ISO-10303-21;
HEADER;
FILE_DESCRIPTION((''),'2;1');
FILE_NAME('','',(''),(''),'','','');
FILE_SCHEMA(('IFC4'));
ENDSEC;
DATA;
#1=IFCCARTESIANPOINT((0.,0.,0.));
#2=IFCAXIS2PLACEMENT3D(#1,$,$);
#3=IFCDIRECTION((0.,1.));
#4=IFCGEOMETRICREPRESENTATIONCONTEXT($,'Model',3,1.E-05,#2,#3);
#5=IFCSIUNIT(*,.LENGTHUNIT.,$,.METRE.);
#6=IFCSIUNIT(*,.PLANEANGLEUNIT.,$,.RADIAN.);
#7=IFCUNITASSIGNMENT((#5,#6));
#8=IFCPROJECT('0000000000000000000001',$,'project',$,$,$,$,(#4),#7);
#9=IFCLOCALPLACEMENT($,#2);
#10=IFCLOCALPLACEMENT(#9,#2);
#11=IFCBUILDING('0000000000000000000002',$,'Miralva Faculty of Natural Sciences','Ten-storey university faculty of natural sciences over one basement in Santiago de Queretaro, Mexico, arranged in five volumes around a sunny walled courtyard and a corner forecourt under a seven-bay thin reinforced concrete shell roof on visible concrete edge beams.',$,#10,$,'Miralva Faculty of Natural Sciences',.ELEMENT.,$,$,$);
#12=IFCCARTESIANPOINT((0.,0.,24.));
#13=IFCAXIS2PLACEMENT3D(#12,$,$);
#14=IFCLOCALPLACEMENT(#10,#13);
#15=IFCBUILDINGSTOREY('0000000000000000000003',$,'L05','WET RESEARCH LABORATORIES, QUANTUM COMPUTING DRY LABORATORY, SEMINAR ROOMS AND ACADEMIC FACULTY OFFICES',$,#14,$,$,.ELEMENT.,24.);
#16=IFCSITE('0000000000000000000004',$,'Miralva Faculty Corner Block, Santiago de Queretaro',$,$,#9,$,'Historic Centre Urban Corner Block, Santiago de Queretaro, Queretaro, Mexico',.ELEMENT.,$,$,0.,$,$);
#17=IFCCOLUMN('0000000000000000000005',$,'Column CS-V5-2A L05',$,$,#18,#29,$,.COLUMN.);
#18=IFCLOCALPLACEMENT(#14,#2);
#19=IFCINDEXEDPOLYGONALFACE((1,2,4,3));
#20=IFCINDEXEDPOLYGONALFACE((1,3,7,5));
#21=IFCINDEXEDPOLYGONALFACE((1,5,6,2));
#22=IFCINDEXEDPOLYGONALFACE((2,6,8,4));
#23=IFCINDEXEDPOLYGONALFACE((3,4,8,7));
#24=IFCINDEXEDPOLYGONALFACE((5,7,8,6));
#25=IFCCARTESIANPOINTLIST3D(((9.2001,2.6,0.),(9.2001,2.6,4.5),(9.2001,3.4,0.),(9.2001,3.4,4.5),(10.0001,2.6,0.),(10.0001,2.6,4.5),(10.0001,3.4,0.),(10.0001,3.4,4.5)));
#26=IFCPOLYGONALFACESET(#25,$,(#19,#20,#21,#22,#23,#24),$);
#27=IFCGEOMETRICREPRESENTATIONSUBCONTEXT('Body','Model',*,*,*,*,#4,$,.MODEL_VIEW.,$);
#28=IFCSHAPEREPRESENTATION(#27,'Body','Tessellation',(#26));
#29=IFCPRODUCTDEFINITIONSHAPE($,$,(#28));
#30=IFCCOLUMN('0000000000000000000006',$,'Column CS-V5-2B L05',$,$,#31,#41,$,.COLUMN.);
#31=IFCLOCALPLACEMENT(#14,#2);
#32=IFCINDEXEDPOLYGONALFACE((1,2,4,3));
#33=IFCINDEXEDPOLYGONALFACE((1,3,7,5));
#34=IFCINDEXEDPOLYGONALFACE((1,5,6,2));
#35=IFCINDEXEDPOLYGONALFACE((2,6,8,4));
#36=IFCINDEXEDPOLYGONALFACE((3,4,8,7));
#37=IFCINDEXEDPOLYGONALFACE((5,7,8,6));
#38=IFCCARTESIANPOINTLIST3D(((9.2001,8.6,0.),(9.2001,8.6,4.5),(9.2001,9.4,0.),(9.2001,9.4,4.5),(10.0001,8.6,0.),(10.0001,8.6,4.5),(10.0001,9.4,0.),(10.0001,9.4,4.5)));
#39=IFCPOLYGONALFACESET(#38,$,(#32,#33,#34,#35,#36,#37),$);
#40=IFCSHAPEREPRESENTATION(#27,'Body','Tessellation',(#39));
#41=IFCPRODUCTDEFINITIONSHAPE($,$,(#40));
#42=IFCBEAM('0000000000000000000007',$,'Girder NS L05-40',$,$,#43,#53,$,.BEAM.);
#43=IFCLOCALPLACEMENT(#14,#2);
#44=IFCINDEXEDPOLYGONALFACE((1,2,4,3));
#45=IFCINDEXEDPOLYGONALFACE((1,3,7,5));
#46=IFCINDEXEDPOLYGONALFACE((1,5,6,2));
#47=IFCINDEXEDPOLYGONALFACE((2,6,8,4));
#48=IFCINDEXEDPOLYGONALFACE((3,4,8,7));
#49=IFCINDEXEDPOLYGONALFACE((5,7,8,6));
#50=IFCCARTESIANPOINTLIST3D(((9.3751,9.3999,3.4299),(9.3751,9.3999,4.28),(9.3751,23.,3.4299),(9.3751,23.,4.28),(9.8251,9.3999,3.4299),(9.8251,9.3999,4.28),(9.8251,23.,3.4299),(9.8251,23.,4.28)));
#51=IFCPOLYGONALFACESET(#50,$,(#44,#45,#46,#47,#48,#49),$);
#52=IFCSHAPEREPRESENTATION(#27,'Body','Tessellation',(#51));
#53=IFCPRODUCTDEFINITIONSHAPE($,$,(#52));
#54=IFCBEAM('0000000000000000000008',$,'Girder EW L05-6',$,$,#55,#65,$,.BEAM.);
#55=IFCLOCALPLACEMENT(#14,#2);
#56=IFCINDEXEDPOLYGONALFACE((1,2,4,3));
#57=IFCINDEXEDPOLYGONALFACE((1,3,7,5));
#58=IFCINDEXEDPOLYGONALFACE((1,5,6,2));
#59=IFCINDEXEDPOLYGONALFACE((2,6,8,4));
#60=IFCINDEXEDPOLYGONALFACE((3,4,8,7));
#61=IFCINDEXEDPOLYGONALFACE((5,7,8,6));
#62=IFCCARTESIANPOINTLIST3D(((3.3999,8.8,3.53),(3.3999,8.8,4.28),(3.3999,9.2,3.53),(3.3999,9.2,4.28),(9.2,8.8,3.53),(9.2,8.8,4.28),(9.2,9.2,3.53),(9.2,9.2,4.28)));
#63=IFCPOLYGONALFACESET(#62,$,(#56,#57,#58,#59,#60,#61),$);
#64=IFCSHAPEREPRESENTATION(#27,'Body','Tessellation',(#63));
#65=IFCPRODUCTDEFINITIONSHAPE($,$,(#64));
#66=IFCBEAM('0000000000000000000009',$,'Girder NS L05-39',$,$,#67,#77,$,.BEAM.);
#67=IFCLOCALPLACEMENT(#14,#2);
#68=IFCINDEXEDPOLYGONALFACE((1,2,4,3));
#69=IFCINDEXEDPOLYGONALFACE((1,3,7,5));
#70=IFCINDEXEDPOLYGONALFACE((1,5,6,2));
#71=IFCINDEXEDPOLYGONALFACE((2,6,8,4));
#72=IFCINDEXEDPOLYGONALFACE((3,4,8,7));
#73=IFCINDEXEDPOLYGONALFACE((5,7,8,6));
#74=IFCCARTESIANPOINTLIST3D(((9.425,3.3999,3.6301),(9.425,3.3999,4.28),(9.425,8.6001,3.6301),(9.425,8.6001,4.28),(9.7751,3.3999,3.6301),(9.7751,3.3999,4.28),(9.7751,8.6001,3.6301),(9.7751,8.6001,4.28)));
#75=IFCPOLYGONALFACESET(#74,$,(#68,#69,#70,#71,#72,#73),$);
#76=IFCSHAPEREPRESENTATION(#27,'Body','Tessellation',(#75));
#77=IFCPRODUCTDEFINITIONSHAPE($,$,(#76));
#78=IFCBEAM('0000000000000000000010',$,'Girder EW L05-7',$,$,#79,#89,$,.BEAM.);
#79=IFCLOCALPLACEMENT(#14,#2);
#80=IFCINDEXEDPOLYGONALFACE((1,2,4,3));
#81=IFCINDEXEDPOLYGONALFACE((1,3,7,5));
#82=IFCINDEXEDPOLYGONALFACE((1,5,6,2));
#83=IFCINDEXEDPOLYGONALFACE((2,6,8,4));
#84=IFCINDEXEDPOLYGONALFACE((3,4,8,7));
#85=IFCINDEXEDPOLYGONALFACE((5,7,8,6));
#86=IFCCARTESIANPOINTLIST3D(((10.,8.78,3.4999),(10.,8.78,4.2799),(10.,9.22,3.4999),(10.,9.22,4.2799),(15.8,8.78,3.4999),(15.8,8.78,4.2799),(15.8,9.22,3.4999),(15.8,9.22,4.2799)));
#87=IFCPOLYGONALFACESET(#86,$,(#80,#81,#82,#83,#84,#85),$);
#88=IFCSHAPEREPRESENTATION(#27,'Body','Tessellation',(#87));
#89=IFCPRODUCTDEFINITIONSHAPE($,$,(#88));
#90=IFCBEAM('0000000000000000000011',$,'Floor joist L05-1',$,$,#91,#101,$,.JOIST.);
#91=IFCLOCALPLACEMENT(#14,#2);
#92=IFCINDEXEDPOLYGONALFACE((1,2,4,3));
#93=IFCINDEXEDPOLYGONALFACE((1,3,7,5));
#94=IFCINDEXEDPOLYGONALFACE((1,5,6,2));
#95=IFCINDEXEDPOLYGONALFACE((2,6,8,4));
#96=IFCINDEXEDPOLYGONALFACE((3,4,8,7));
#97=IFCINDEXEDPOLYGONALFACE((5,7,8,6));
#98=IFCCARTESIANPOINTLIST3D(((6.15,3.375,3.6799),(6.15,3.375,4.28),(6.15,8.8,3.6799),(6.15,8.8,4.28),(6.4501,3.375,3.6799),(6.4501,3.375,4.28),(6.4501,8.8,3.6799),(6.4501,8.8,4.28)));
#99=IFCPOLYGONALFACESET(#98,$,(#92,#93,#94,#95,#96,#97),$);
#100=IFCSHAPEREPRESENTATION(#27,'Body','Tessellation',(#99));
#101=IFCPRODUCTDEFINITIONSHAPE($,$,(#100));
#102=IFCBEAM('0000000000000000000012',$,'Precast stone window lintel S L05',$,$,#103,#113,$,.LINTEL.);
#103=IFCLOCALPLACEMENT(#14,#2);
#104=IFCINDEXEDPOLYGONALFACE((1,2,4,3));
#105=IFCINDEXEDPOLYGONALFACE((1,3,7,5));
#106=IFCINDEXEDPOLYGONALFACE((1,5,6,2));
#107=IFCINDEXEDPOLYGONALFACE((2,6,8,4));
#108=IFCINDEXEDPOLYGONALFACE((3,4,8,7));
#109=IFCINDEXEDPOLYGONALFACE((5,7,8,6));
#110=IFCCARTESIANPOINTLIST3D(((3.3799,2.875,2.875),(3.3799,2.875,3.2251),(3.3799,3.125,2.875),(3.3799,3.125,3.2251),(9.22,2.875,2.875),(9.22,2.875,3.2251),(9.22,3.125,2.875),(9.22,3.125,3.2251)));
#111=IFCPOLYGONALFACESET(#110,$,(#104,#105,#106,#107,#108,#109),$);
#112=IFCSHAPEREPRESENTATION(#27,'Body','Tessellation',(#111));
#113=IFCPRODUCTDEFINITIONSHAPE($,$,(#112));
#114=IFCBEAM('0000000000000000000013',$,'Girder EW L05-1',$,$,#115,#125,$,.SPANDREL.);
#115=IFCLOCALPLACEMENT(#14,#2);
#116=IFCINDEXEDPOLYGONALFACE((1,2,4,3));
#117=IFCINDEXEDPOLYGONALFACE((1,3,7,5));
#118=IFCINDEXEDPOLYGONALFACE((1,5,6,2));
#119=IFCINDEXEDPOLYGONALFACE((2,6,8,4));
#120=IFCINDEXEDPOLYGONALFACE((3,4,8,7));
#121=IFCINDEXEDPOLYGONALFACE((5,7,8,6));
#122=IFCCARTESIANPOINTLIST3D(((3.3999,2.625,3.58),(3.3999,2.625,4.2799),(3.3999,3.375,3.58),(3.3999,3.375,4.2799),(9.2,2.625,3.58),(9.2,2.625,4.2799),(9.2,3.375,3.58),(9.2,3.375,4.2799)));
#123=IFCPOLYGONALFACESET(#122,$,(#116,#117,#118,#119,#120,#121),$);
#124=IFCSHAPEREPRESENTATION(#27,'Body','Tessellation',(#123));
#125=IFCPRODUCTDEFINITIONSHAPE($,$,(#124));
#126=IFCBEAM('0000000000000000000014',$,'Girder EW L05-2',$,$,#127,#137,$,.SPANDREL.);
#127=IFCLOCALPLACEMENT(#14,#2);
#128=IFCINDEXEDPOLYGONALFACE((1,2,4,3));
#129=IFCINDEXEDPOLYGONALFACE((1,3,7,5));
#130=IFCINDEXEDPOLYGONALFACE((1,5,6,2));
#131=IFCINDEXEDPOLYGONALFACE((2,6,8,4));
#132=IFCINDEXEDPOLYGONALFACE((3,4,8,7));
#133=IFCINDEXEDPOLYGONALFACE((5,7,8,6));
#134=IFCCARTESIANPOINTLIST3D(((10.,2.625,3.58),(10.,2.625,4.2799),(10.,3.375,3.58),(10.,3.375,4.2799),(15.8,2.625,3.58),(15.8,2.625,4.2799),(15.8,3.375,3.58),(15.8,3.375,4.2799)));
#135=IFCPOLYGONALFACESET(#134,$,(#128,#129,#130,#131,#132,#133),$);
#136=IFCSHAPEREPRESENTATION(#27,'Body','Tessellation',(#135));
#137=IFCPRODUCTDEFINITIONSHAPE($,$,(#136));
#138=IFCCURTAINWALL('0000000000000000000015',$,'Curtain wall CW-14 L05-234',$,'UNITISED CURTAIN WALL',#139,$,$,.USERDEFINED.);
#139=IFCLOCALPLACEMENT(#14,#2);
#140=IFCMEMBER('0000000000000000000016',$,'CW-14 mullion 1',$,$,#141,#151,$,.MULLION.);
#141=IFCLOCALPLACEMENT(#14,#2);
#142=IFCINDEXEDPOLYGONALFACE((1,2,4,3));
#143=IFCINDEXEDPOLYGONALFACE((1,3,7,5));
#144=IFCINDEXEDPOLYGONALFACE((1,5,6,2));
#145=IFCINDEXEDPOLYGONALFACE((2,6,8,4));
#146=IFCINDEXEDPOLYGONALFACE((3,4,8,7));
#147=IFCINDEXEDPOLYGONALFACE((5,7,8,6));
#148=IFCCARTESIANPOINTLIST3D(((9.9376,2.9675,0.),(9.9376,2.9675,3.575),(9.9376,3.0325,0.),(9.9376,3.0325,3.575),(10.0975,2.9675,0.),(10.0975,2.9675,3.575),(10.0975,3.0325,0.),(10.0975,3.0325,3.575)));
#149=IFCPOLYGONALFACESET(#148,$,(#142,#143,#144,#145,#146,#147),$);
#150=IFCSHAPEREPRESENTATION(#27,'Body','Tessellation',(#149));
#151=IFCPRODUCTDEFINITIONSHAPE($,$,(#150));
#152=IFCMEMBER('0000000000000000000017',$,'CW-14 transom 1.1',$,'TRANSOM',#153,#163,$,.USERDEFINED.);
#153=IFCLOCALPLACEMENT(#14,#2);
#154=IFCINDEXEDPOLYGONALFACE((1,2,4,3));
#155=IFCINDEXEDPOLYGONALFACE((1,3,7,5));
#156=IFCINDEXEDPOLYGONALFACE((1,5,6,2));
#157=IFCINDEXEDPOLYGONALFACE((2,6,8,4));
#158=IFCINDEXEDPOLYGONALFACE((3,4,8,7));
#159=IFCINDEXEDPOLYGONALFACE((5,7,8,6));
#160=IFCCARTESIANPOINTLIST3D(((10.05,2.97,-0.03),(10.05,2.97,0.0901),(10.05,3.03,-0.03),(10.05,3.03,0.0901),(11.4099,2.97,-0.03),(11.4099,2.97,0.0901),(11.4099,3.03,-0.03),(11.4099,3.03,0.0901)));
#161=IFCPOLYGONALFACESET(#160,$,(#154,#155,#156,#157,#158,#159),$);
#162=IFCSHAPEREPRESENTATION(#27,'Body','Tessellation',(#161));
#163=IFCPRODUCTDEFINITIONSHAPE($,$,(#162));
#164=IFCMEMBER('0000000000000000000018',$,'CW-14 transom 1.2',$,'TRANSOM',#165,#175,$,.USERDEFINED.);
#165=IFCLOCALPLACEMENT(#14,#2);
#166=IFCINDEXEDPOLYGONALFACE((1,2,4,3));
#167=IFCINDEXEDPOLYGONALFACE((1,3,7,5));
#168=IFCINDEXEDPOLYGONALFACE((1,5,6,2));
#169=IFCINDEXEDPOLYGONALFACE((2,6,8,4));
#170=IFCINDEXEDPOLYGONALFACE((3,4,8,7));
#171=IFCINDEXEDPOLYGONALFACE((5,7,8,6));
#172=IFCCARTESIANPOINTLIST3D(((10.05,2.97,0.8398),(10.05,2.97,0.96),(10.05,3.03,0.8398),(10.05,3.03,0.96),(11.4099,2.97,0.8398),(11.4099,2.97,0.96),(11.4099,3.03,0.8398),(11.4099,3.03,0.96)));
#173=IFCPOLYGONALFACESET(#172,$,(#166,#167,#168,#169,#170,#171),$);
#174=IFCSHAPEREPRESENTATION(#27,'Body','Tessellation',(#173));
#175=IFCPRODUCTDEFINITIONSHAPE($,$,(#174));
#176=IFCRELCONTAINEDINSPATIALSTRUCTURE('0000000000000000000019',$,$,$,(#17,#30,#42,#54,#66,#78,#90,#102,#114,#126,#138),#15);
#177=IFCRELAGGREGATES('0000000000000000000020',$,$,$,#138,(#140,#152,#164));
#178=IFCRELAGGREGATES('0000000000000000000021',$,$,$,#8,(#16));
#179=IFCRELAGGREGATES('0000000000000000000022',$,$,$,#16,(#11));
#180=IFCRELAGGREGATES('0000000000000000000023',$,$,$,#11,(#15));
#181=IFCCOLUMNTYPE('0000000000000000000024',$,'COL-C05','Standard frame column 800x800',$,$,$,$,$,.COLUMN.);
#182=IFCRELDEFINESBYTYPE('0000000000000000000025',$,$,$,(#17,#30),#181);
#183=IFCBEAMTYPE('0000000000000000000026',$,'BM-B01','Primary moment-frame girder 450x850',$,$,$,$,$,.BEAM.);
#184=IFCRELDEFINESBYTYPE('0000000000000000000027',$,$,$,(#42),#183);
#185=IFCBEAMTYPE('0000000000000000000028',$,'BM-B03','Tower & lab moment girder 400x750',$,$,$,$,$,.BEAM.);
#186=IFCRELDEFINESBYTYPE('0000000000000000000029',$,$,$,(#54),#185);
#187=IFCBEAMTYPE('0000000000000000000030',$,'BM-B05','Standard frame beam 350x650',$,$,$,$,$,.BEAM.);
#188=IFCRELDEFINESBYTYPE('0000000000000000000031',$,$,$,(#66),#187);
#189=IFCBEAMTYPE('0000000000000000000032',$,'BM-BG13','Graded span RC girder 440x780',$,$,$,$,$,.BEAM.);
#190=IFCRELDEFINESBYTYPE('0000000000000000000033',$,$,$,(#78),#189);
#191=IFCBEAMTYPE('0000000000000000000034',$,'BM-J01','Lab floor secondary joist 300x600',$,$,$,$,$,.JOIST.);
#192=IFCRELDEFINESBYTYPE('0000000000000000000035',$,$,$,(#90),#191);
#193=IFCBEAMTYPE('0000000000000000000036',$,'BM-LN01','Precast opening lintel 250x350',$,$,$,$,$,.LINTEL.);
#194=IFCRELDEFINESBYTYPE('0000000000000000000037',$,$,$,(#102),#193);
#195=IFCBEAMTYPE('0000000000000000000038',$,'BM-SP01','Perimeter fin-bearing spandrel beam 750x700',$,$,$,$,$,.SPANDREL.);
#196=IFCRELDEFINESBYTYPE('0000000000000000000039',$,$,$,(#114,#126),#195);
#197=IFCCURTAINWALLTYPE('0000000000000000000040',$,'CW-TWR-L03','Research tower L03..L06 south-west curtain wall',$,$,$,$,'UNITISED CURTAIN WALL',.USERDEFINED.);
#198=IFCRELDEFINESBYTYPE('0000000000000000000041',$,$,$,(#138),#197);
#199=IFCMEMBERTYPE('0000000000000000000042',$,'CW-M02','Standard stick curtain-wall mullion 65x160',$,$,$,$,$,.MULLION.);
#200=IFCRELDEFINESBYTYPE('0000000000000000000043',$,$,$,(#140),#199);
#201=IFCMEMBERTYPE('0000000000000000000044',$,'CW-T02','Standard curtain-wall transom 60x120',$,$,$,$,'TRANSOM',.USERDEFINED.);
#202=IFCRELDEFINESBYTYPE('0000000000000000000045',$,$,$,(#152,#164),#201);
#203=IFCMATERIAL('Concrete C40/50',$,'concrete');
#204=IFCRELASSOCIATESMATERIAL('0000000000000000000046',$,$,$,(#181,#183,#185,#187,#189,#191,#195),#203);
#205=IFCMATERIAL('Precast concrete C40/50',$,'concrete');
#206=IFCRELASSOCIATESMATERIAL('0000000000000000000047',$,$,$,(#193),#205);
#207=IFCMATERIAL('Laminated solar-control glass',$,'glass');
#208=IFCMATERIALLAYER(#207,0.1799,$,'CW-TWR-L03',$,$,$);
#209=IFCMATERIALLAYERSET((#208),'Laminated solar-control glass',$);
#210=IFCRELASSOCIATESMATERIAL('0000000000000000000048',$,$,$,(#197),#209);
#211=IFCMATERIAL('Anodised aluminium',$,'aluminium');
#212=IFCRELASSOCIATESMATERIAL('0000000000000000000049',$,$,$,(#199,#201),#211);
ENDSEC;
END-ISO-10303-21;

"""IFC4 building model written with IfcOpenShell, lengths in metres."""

from ifc_helpers import new_model, si_unit, direction, frame, origin, origin_2d, place, context, subcontext, project, spatial, rectangle, extrude, material, layer, layer_set, material_profile, profile_set, type_object, element, aggregate, save


model = new_model("IFC4")

# Units and contexts
model_context = context("Model", 3, precision=1e-05, world=origin(), true_north=direction((0.0, 1.0)))
body_context = subcontext(model_context, "Body", "Model", "MODEL_VIEW")
ifc_project = project(units=[si_unit("LENGTHUNIT", "METRE"), si_unit("PLANEANGLEUNIT", "RADIAN")], contexts=[model_context])

# Site, building, storey
site_placement = place(None, origin())
site = spatial("IfcSite", under=ifc_project, at=site_placement, Name="Miralva Faculty Corner Block, Santiago de Queretaro", LongName="Historic Centre Urban Corner Block, Santiago de Queretaro, Queretaro, Mexico", CompositionType="ELEMENT", RefElevation=0.0)
building_placement = place(site_placement, origin())
building = spatial("IfcBuilding", under=site, at=building_placement, Name="Miralva Faculty of Natural Sciences", Description="Ten-storey university faculty of natural sciences over one basement in Santiago de Queretaro, Mexico, arranged in five volumes around a sunny walled courtyard and a corner forecourt under a seven-bay thin reinforced concrete shell roof on visible concrete edge beams.", LongName="Miralva Faculty of Natural Sciences", CompositionType="ELEMENT")
storey_placement = place(building_placement, frame((0.0, 0.0, 24.0)))
storey = spatial("IfcBuildingStorey", under=building, at=storey_placement, Name="L05", Description="WET RESEARCH LABORATORIES, QUANTUM COMPUTING DRY LABORATORY, SEMINAR ROOMS AND ACADEMIC FACULTY OFFICES", CompositionType="ELEMENT", Elevation=24.0)

# Columns
ifc_material_1 = material(Name="Concrete C40/50", Category="concrete")
ifc_material_profile_1 = material_profile(ifc_material_1, rectangle(XDim=0.8, YDim=0.8, at=origin_2d()), Name="RC 800x800")
ifc_profile_set_1 = profile_set([ifc_material_profile_1], Name="Concrete C40/50")
column_type = type_object("IfcColumnType", Name="COL-C05", Description="Standard frame column 800x800", PredefinedType="COLUMN", material=ifc_profile_set_1)
for number, where, z_axis, x_axis, name in (
    (1, (9.6001, 3.0, 0.0), (0.0, 0.0, 1.0), (1.0, 0.0, 0.0), "Column CS-V5-2A L05"),
    (2, (9.6001, 9.0, 0.0), (0.0, 0.0, 1.0), (1.0, 0.0, 0.0), "Column CS-V5-2B L05"),
):
    element("IfcColumn", number, at=place(storey_placement, frame(where, z_axis=z_axis, x_axis=x_axis)), inside=storey, type_object=column_type, Name=name, PredefinedType="COLUMN", context=body_context, shape_type="SweptSolid", body=[
        extrude(rectangle(XDim=0.8, YDim=0.8, at=origin_2d()), origin(), (0.0, 0.0, 1.0), 4.5),
    ])

# Beams
ifc_material_profile_2 = material_profile(ifc_material_1, rectangle(XDim=0.45, YDim=0.8501, at=origin_2d()), Name="RC 450x850")
ifc_profile_set_2 = profile_set([ifc_material_profile_2], Name="Concrete C40/50")
beam_type_1 = type_object("IfcBeamType", Name="BM-B01", Description="Primary moment-frame girder 450x850", PredefinedType="BEAM", material=ifc_profile_set_2)
beam_1_placement = place(storey_placement, frame((9.6001, 9.3999, 3.855), z_axis=(0.0, 1.0, 0.0), x_axis=(-1.0, 0.0, 0.0)))
element("IfcBeam", 3, at=beam_1_placement, inside=storey, type_object=beam_type_1, Name="Girder NS L05-40", PredefinedType="BEAM", context=body_context, shape_type="SweptSolid", body=[
    extrude(rectangle(XDim=0.45, YDim=0.8501, at=origin_2d()), origin(), (0.0, 0.0, 1.0), 13.6001),
])
ifc_material_profile_3 = material_profile(ifc_material_1, rectangle(XDim=0.3999, YDim=0.75, at=origin_2d()), Name="RC 400x750")
ifc_profile_set_3 = profile_set([ifc_material_profile_3], Name="Concrete C40/50")
beam_type_2 = type_object("IfcBeamType", Name="BM-B03", Description="Tower & lab moment girder 400x750", PredefinedType="BEAM", material=ifc_profile_set_3)
beam_2_placement = place(storey_placement, frame((3.3999, 9.0, 3.905), z_axis=(1.0, 0.0, 0.0), x_axis=(0.0, 1.0, 0.0)))
element("IfcBeam", 4, at=beam_2_placement, inside=storey, type_object=beam_type_2, Name="Girder EW L05-6", PredefinedType="BEAM", context=body_context, shape_type="SweptSolid", body=[
    extrude(rectangle(XDim=0.3999, YDim=0.75, at=origin_2d()), origin(), (0.0, 0.0, 1.0), 5.8),
])
ifc_material_profile_4 = material_profile(ifc_material_1, rectangle(XDim=0.3501, YDim=0.6499, at=origin_2d()), Name="RC 350x650")
ifc_profile_set_4 = profile_set([ifc_material_profile_4], Name="Concrete C40/50")
beam_type_3 = type_object("IfcBeamType", Name="BM-B05", Description="Standard frame beam 350x650", PredefinedType="BEAM", material=ifc_profile_set_4)
beam_3_placement = place(storey_placement, frame((9.6001, 3.3999, 3.9551), z_axis=(0.0, 1.0, 0.0), x_axis=(-1.0, 0.0, 0.0)))
element("IfcBeam", 5, at=beam_3_placement, inside=storey, type_object=beam_type_3, Name="Girder NS L05-39", PredefinedType="BEAM", context=body_context, shape_type="SweptSolid", body=[
    extrude(rectangle(XDim=0.3501, YDim=0.6499, at=origin_2d()), origin(), (0.0, 0.0, 1.0), 5.2002),
])
ifc_material_profile_5 = material_profile(ifc_material_1, rectangle(XDim=0.4399, YDim=0.78, at=origin_2d()), Name="RC 440x780")
ifc_profile_set_5 = profile_set([ifc_material_profile_5], Name="Concrete C40/50")
beam_type_4 = type_object("IfcBeamType", Name="BM-BG13", Description="Graded span RC girder 440x780", PredefinedType="BEAM", material=ifc_profile_set_5)
beam_4_placement = place(storey_placement, frame((10.0, 9.0, 3.8899), z_axis=(1.0, 0.0, 0.0), x_axis=(0.0, 1.0, 0.0)))
element("IfcBeam", 6, at=beam_4_placement, inside=storey, type_object=beam_type_4, Name="Girder EW L05-7", PredefinedType="BEAM", context=body_context, shape_type="SweptSolid", body=[
    extrude(rectangle(XDim=0.4399, YDim=0.78, at=origin_2d()), origin(), (0.0, 0.0, 1.0), 5.8),
])
ifc_material_profile_6 = material_profile(ifc_material_1, rectangle(XDim=0.3, YDim=0.6001, at=origin_2d()), Name="RC 300x600")
ifc_profile_set_6 = profile_set([ifc_material_profile_6], Name="Concrete C40/50")
beam_type_5 = type_object("IfcBeamType", Name="BM-J01", Description="Lab floor secondary joist 300x600", PredefinedType="JOIST", material=ifc_profile_set_6)
beam_5_placement = place(storey_placement, frame((6.3, 3.375, 3.98), z_axis=(0.0, 1.0, 0.0), x_axis=(-1.0, 0.0, 0.0)))
element("IfcBeam", 7, at=beam_5_placement, inside=storey, type_object=beam_type_5, Name="Floor joist L05-1", PredefinedType="JOIST", context=body_context, shape_type="SweptSolid", body=[
    extrude(rectangle(XDim=0.3, YDim=0.6001, at=origin_2d()), origin(), (0.0, 0.0, 1.0), 5.425),
])
ifc_material_2 = material(Name="Precast concrete C40/50", Category="concrete")
ifc_material_profile_7 = material_profile(ifc_material_2, rectangle(XDim=0.25, YDim=0.3501, at=origin_2d()), Name="RC 250x350")
ifc_profile_set_7 = profile_set([ifc_material_profile_7], Name="Precast concrete C40/50")
beam_type_6 = type_object("IfcBeamType", Name="BM-LN01", Description="Precast opening lintel 250x350", PredefinedType="LINTEL", material=ifc_profile_set_7)
beam_6_placement = place(storey_placement, frame((3.3799, 3.0, 3.05), z_axis=(1.0, 0.0, 0.0), x_axis=(0.0, 1.0, 0.0)))
element("IfcBeam", 8, at=beam_6_placement, inside=storey, type_object=beam_type_6, Name="Precast stone window lintel S L05", PredefinedType="LINTEL", context=body_context, shape_type="SweptSolid", body=[
    extrude(rectangle(XDim=0.25, YDim=0.3501, at=origin_2d()), origin(), (0.0, 0.0, 1.0), 5.8401),
])
ifc_material_profile_8 = material_profile(ifc_material_1, rectangle(XDim=0.75, YDim=0.7, at=origin_2d()), Name="RC 750x700")
ifc_profile_set_8 = profile_set([ifc_material_profile_8], Name="Concrete C40/50")
beam_type_7 = type_object("IfcBeamType", Name="BM-SP01", Description="Perimeter fin-bearing spandrel beam 750x700", PredefinedType="SPANDREL", material=ifc_profile_set_8)
for number, where, z_axis, x_axis, name in (
    (9, (3.3999, 3.0, 3.9299), (1.0, 0.0, 0.0), (0.0, 1.0, 0.0), "Girder EW L05-1"),
    (10, (10.0, 3.0, 3.9299), (1.0, 0.0, 0.0), (0.0, 1.0, 0.0), "Girder EW L05-2"),
):
    element("IfcBeam", number, at=place(storey_placement, frame(where, z_axis=z_axis, x_axis=x_axis)), inside=storey, type_object=beam_type_7, Name=name, PredefinedType="SPANDREL", context=body_context, shape_type="SweptSolid", body=[
        extrude(rectangle(XDim=0.75, YDim=0.7, at=origin_2d()), origin(), (0.0, 0.0, 1.0), 5.8),
    ])

# Curtain wall, members
ifc_material_3 = material(Name="Laminated solar-control glass", Category="glass")
ifc_layer_1 = layer(ifc_material_3, 0.1799, Name="CW-TWR-L03")
ifc_layer_set_1 = layer_set([ifc_layer_1], Name="Laminated solar-control glass")
curtain_wall_type = type_object("IfcCurtainWallType", Name="CW-TWR-L03", Description="Research tower L03..L06 south-west curtain wall", ElementType="UNITISED CURTAIN WALL", PredefinedType="USERDEFINED", material=ifc_layer_set_1)
curtain_wall_1_placement = place(storey_placement, origin())
curtain_wall_1 = element("IfcCurtainWall", 11, at=curtain_wall_1_placement, inside=storey, type_object=curtain_wall_type, Name="Curtain wall CW-14 L05-234", ObjectType="UNITISED CURTAIN WALL", PredefinedType="USERDEFINED")
ifc_material_4 = material(Name="Anodised aluminium", Category="aluminium")
ifc_material_profile_9 = material_profile(ifc_material_4, rectangle(XDim=0.0649, YDim=0.1599, at=origin_2d()), Name="MULLION 65x160")
ifc_profile_set_9 = profile_set([ifc_material_profile_9], Name="Anodised aluminium")
member_type_1 = type_object("IfcMemberType", Name="CW-M02", Description="Standard stick curtain-wall mullion 65x160", PredefinedType="MULLION", material=ifc_profile_set_9)
member_1_placement = place(storey_placement, frame((10.0176, 3.0, 0.0), z_axis=(0.0, 0.0, 1.0), x_axis=(0.0, 1.0, 0.0)))
member_1 = element("IfcMember", 12, at=member_1_placement, type_object=member_type_1, Name="CW-14 mullion 1", PredefinedType="MULLION", context=body_context, shape_type="SweptSolid", body=[
    extrude(rectangle(XDim=0.0649, YDim=0.1599, at=origin_2d()), origin(), (0.0, 0.0, 1.0), 3.575),
])
ifc_material_profile_10 = material_profile(ifc_material_4, rectangle(XDim=0.0601, YDim=0.1201, at=origin_2d()), Name="TRANSOM 60x120")
ifc_profile_set_10 = profile_set([ifc_material_profile_10], Name="Anodised aluminium")
member_type_2 = type_object("IfcMemberType", Name="CW-T02", Description="Standard curtain-wall transom 60x120", ElementType="TRANSOM", PredefinedType="USERDEFINED", material=ifc_profile_set_10)
member_2_placement = place(storey_placement, frame((10.05, 3.0, 0.03), z_axis=(1.0, 0.0, 0.0), x_axis=(0.0, 1.0, 0.0)))
member_2 = element("IfcMember", 13, at=member_2_placement, type_object=member_type_2, Name="CW-14 transom 1.1", ObjectType="TRANSOM", PredefinedType="USERDEFINED", context=body_context, shape_type="SweptSolid", body=[
    extrude(rectangle(XDim=0.0601, YDim=0.1201, at=origin_2d()), origin(), (0.0, 0.0, 1.0), 1.3599),
])
member_3_placement = place(storey_placement, frame((10.05, 3.0, 0.8999), z_axis=(1.0, 0.0, 0.0), x_axis=(0.0, 1.0, 0.0)))
member_3 = element("IfcMember", 14, at=member_3_placement, type_object=member_type_2, Name="CW-14 transom 1.2", ObjectType="TRANSOM", PredefinedType="USERDEFINED", context=body_context, shape_type="SweptSolid", body=[
    extrude(rectangle(XDim=0.0601, YDim=0.1201, at=origin_2d()), origin(), (0.0, 0.0, 1.0), 1.3599),
])

aggregate(curtain_wall_1, [member_1, member_2, member_3])

save(model, "model.ifc")
